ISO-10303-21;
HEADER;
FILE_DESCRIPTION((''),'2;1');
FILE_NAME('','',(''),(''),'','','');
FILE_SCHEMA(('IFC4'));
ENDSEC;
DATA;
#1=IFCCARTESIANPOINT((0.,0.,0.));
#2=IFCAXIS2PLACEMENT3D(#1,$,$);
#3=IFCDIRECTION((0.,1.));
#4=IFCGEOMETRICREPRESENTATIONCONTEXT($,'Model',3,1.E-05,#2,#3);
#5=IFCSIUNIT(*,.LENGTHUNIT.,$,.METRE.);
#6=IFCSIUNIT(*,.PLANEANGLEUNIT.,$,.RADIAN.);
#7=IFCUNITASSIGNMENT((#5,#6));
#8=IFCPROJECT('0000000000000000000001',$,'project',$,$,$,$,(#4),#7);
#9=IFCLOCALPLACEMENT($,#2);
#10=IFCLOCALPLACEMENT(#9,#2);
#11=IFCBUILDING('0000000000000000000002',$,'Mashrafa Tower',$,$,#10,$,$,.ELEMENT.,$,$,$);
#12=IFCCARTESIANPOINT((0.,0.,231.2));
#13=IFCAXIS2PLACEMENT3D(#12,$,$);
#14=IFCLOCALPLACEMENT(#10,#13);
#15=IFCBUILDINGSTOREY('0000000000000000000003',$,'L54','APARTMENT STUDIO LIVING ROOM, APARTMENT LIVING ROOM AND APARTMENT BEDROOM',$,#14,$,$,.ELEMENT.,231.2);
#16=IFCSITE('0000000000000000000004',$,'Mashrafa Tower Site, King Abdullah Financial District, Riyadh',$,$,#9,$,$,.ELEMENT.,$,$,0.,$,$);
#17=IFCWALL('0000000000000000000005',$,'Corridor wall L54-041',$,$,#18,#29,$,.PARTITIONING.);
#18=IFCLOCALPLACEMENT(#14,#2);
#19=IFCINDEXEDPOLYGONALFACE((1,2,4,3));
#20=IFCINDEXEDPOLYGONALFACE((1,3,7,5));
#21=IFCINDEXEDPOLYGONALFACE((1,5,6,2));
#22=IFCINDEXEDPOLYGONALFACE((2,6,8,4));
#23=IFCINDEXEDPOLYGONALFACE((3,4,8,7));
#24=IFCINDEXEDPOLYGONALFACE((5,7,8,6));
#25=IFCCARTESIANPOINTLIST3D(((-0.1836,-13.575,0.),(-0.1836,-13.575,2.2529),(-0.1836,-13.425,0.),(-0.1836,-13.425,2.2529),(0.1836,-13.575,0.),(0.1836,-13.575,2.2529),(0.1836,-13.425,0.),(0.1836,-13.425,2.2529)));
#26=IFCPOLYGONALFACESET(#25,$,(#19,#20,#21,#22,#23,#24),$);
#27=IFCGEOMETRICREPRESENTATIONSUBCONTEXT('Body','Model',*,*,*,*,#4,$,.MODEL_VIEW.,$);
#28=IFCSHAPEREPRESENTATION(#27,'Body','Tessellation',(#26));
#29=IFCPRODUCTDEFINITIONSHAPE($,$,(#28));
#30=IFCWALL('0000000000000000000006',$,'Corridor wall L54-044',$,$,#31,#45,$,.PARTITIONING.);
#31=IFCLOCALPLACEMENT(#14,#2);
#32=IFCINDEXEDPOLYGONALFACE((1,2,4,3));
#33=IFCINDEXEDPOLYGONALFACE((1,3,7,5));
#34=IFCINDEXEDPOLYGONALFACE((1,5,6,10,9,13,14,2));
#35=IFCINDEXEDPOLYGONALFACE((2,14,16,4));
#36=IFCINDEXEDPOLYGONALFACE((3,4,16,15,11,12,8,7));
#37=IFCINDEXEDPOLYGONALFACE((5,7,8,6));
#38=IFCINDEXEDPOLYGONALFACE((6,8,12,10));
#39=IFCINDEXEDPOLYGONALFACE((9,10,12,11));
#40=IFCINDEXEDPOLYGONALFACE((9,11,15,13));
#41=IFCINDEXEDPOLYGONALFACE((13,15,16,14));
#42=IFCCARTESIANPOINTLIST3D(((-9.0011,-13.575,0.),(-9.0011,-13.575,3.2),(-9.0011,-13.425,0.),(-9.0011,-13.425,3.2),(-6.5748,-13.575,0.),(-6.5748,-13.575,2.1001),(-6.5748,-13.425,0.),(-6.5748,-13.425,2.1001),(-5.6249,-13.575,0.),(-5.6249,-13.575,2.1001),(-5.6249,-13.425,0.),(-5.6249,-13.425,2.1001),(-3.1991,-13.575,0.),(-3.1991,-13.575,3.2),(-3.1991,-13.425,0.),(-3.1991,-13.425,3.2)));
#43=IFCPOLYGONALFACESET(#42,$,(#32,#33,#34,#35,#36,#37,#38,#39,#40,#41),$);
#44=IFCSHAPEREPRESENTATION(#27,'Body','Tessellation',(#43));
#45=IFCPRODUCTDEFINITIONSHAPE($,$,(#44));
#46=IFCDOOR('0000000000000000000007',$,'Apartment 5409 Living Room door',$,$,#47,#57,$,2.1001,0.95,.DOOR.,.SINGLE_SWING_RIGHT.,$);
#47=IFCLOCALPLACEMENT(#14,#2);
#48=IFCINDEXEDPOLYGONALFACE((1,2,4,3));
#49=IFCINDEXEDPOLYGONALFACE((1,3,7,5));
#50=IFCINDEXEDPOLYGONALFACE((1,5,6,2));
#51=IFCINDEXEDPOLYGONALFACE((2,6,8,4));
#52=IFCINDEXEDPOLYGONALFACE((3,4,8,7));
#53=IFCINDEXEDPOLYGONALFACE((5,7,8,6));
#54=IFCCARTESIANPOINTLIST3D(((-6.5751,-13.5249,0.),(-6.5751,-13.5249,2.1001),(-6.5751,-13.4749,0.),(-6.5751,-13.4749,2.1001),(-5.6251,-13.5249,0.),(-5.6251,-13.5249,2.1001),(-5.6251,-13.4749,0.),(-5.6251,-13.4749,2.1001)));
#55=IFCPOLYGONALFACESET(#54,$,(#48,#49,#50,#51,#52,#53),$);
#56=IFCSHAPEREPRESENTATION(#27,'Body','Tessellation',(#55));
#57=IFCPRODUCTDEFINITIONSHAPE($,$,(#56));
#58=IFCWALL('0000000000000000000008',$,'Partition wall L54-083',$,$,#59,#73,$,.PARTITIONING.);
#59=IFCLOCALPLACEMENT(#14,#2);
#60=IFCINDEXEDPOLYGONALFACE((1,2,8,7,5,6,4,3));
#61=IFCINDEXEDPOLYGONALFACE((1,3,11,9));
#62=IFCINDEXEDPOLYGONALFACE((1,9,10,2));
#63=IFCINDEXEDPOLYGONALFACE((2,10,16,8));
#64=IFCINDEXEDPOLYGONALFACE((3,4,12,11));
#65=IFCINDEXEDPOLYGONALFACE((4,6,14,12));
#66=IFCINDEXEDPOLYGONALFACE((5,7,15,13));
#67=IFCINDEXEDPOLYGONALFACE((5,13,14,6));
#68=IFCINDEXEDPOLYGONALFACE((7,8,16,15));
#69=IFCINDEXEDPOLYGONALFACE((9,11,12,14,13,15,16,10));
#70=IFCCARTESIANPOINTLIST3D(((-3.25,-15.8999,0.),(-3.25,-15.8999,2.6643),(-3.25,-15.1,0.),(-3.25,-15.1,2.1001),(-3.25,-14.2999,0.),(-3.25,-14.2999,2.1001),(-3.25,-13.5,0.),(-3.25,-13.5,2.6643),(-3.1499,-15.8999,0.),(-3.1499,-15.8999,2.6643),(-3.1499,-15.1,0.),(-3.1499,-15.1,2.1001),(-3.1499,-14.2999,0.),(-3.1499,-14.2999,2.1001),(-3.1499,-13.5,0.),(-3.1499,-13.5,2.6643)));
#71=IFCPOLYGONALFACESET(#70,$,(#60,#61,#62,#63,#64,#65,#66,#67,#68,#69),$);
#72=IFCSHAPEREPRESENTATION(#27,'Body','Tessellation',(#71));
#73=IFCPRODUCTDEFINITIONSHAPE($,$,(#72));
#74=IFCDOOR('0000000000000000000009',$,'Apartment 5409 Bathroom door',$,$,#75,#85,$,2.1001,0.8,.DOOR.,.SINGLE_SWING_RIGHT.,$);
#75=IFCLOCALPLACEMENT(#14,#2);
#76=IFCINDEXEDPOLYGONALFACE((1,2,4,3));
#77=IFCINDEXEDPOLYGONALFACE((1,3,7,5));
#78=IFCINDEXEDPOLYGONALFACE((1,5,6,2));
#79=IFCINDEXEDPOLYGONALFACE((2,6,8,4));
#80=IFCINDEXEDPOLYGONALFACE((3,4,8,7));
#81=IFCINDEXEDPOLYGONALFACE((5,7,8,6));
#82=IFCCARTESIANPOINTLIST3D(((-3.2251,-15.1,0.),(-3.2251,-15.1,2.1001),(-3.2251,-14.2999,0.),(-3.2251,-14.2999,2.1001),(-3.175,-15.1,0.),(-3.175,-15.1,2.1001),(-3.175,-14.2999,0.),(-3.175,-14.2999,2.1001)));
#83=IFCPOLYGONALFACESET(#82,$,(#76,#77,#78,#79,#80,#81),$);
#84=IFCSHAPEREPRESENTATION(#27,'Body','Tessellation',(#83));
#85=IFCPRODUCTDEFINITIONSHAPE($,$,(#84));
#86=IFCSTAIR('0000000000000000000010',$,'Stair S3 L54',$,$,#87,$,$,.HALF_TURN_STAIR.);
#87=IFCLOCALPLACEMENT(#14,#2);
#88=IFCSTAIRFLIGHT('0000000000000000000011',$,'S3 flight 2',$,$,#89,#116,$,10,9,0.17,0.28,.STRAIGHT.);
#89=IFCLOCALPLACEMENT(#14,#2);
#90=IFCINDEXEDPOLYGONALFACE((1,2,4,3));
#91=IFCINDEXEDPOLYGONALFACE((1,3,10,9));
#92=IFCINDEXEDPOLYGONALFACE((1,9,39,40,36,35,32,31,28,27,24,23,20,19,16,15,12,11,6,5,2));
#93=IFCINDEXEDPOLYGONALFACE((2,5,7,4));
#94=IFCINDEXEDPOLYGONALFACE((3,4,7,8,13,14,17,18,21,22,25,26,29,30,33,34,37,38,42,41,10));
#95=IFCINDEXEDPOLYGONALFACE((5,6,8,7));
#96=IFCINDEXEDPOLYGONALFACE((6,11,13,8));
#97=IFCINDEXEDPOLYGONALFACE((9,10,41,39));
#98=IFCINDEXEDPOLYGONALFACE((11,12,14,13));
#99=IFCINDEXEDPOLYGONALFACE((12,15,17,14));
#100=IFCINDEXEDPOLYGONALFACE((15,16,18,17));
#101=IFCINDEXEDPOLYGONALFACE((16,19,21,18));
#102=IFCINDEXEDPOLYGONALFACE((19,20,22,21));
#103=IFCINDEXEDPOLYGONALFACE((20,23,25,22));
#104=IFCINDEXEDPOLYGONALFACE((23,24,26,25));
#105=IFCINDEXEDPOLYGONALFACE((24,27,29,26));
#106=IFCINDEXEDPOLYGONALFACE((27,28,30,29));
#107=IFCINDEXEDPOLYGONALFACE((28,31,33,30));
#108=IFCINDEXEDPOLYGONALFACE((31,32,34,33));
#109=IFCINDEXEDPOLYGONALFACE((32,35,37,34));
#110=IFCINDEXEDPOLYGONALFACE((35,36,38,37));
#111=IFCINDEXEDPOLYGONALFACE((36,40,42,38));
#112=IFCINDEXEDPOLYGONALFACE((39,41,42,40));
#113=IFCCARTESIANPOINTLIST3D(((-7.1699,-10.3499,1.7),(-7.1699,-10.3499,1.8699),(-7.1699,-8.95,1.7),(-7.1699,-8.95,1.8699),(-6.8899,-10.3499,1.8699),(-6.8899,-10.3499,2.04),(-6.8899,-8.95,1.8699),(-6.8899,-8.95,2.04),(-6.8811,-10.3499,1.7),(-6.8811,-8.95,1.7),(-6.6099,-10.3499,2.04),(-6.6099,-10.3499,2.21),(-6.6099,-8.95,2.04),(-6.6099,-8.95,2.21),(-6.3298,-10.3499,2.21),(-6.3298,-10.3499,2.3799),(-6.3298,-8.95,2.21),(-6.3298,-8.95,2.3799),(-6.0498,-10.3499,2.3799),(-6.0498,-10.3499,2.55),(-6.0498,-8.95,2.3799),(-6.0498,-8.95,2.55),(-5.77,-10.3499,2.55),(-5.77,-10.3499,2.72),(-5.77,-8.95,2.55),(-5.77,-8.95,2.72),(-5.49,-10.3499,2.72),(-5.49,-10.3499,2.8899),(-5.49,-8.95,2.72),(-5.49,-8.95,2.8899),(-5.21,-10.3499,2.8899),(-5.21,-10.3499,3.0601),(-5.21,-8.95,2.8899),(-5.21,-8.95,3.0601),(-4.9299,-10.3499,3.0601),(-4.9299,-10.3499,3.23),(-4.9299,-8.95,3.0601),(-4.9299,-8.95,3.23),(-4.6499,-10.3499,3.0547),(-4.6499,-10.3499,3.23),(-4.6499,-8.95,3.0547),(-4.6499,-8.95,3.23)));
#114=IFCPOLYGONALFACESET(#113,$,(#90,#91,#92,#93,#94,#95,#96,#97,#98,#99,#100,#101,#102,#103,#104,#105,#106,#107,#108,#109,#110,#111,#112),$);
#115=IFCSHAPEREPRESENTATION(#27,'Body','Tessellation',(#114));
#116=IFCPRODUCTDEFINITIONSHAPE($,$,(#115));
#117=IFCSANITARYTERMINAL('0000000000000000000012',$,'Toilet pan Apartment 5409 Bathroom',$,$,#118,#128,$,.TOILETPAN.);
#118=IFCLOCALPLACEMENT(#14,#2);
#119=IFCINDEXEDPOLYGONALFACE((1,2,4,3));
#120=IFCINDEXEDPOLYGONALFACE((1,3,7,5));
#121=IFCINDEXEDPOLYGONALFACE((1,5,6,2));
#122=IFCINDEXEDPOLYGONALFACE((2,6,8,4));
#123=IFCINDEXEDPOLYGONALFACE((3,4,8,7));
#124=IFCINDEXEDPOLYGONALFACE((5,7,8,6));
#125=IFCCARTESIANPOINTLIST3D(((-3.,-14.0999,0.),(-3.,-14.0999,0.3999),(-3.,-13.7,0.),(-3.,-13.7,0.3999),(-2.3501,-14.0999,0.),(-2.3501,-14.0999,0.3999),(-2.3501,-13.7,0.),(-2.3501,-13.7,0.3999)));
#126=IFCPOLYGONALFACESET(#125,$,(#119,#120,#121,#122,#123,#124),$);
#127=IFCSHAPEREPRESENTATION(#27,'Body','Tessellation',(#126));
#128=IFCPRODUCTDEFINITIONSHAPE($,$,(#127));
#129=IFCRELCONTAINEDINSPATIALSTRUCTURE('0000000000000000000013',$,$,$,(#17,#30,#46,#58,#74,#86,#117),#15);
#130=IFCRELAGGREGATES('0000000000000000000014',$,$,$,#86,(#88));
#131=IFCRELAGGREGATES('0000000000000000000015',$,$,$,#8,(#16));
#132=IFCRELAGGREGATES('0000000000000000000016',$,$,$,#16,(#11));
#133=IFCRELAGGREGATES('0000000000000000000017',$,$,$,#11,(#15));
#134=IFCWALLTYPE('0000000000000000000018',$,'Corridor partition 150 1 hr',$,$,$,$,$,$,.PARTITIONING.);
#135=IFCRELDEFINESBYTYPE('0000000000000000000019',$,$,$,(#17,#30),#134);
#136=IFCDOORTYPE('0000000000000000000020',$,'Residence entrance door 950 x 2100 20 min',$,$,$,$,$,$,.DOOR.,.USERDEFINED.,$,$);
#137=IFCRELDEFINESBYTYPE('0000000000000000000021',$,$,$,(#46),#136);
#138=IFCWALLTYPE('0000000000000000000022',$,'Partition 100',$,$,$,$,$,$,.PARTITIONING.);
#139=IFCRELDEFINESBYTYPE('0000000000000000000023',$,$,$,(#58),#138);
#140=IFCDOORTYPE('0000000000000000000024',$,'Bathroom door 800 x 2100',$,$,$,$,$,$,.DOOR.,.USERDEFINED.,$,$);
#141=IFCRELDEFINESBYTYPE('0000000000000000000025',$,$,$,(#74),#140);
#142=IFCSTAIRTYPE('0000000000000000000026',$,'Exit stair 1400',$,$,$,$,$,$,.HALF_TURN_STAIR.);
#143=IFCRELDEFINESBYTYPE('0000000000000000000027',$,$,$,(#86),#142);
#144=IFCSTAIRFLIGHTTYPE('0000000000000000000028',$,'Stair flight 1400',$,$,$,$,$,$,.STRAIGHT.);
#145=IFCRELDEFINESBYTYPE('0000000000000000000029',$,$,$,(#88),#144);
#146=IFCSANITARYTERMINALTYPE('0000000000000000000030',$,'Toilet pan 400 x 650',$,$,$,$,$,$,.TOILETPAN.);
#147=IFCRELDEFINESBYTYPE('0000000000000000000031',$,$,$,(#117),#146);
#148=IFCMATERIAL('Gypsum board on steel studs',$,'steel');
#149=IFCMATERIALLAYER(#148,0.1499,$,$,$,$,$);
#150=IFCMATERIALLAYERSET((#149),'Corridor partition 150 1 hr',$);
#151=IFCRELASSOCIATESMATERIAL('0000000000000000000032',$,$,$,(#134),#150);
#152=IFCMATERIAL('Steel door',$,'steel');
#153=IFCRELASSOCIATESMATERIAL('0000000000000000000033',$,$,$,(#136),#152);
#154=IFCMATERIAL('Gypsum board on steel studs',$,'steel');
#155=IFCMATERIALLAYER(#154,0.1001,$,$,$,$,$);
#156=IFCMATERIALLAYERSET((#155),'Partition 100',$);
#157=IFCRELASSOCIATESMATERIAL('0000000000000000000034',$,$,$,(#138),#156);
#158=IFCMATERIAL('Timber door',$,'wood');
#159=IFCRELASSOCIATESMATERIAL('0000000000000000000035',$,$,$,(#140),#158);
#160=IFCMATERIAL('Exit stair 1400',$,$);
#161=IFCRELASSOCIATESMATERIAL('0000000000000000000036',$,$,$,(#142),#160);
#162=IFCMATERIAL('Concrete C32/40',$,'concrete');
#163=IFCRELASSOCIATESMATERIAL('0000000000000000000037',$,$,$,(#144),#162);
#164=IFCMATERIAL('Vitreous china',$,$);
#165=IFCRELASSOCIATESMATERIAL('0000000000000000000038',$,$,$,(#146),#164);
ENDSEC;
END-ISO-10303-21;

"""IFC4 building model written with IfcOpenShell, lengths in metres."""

from ifc_helpers import new_model, si_unit, direction, frame, frame_2d, origin, origin_2d, place, context, subcontext, project, spatial, polyline, rectangle, outline, extrude, material, layer, layer_set, type_object, element, fill, aggregate, save


model = new_model("IFC4")

# Units and contexts
model_context = context("Model", 3, precision=1e-05, world=origin(), true_north=direction((0.0, 1.0)))
body_context = subcontext(model_context, "Body", "Model", "MODEL_VIEW")
ifc_project = project(units=[si_unit("LENGTHUNIT", "METRE"), si_unit("PLANEANGLEUNIT", "RADIAN")], contexts=[model_context])

# Site, building, storey
site_placement = place(None, origin())
site = spatial("IfcSite", under=ifc_project, at=site_placement, Name="Mashrafa Tower Site, King Abdullah Financial District, Riyadh", CompositionType="ELEMENT", RefElevation=0.0)
building_placement = place(site_placement, origin())
building = spatial("IfcBuilding", under=site, at=building_placement, Name="Mashrafa Tower", CompositionType="ELEMENT")
storey_placement = place(building_placement, frame((0.0, 0.0, 231.2)))
storey = spatial("IfcBuildingStorey", under=building, at=storey_placement, Name="L54", Description="APARTMENT STUDIO LIVING ROOM, APARTMENT LIVING ROOM AND APARTMENT BEDROOM", CompositionType="ELEMENT", Elevation=231.2)

# Wall
ifc_material_1 = material(Name="Gypsum board on steel studs", Category="steel")
ifc_layer_1 = layer(ifc_material_1, 0.1499)
ifc_layer_set_1 = layer_set([ifc_layer_1], Name="Corridor partition 150 1 hr")
wall_type_1 = type_object("IfcWallType", Name="Corridor partition 150 1 hr", PredefinedType="PARTITIONING", material=ifc_layer_set_1)
wall_1_placement = place(storey_placement, frame((-0.1836, -13.5, 0.0), z_axis=(0.0, 0.0, 1.0), x_axis=(1.0, 0.0, 0.0)))
element("IfcWall", 1, at=wall_1_placement, inside=storey, type_object=wall_type_1, Name="Corridor wall L54-041", PredefinedType="PARTITIONING", context=body_context, shape_type="SweptSolid", body=[
    extrude(rectangle(XDim=0.3672, YDim=0.1499, at=frame_2d((0.1836, 0.0))), origin(), (0.0, 0.0, 1.0), 2.2529),
])

# Walls, openings, doors
wall_2_placement = place(storey_placement, frame((-9.001, -13.5, 0.0), z_axis=(0.0, 0.0, 1.0), x_axis=(1.0, 0.0, 0.0)))
wall_2 = element("IfcWall", 2, at=wall_2_placement, inside=storey, type_object=wall_type_1, Name="Corridor wall L54-044", PredefinedType="PARTITIONING", context=body_context, shape_type="SweptSolid", body=[
    extrude(rectangle(XDim=5.802, YDim=0.1499, at=frame_2d((2.9009, 0.0))), origin(), (0.0, 0.0, 1.0), 3.2),
])
opening_1_placement = place(wall_2_placement, frame((2.426, 0.0, 0.0)))
opening_1 = element("IfcOpeningElement", 3, at=opening_1_placement, cuts=wall_2, PredefinedType="OPENING", context=body_context, shape_type="SweptSolid", body=[
    extrude(rectangle(XDim=0.95, YDim=2.1001, at=frame_2d((0.4751, 1.05))), frame((0.0, 0.085, 0.0), z_axis=(0.0, -1.0, 0.0), x_axis=(1.0, 0.0, 0.0)), (0.0, 0.0, 1.0), 0.1699),
])
ifc_material_2 = material(Name="Steel door", Category="steel")
door_type_1 = type_object("IfcDoorType", Name="Residence entrance door 950 x 2100 20 min", OperationType="USERDEFINED", PredefinedType="DOOR", material=ifc_material_2)
door_1_placement = place(opening_1_placement, frame((0.95, 0.0, 0.0), z_axis=(0.0, 0.0, 1.0), x_axis=(-1.0, 0.0, 0.0)))
door_1 = element("IfcDoor", 4, at=door_1_placement, inside=storey, type_object=door_type_1, Name="Apartment 5409 Living Room door", OperationType="SINGLE_SWING_RIGHT", OverallHeight=2.1001, OverallWidth=0.95, PredefinedType="DOOR", context=body_context, shape_type="SweptSolid", body=[
    extrude(rectangle(XDim=0.95, YDim=2.1001, at=frame_2d((0.4751, 1.05))), frame((0.0, 0.0249, 0.0), z_axis=(0.0, -1.0, 0.0), x_axis=(1.0, 0.0, 0.0)), (0.0, 0.0, 1.0), 0.05),
])
fill(opening_1, door_1)
ifc_material_3 = material(Name="Gypsum board on steel studs", Category="steel")
ifc_layer_2 = layer(ifc_material_3, 0.1001)
ifc_layer_set_2 = layer_set([ifc_layer_2], Name="Partition 100")
wall_type_2 = type_object("IfcWallType", Name="Partition 100", PredefinedType="PARTITIONING", material=ifc_layer_set_2)
wall_3_placement = place(storey_placement, frame((-3.2, -13.5, 0.0), z_axis=(0.0, 0.0, 1.0), x_axis=(0.0, -1.0, 0.0)))
wall_3 = element("IfcWall", 5, at=wall_3_placement, inside=storey, type_object=wall_type_2, Name="Partition wall L54-083", PredefinedType="PARTITIONING", context=body_context, shape_type="SweptSolid", body=[
    extrude(rectangle(XDim=2.3999, YDim=0.1001, at=frame_2d((1.2, 0.0))), origin(), (0.0, 0.0, 1.0), 2.6643),
])
opening_2_placement = place(wall_3_placement, frame((0.8, 0.0, 0.0)))
opening_2 = element("IfcOpeningElement", 6, at=opening_2_placement, cuts=wall_3, PredefinedType="OPENING", context=body_context, shape_type="SweptSolid", body=[
    extrude(rectangle(XDim=0.8, YDim=2.1001, at=frame_2d((0.3999, 1.05))), frame((0.0, 0.0601, 0.0), z_axis=(0.0, -1.0, 0.0), x_axis=(1.0, 0.0, 0.0)), (0.0, 0.0, 1.0), 0.1201),
])
ifc_material_4 = material(Name="Timber door", Category="wood")
door_type_2 = type_object("IfcDoorType", Name="Bathroom door 800 x 2100", OperationType="USERDEFINED", PredefinedType="DOOR", material=ifc_material_4)
door_2_placement = place(opening_2_placement, origin())
door_2 = element("IfcDoor", 7, at=door_2_placement, inside=storey, type_object=door_type_2, Name="Apartment 5409 Bathroom door", OperationType="SINGLE_SWING_RIGHT", OverallHeight=2.1001, OverallWidth=0.8, PredefinedType="DOOR", context=body_context, shape_type="SweptSolid", body=[
    extrude(rectangle(XDim=0.8, YDim=2.1001, at=frame_2d((0.3999, 1.05))), frame((0.0, 0.0249, 0.0), z_axis=(0.0, -1.0, 0.0), x_axis=(1.0, 0.0, 0.0)), (0.0, 0.0, 1.0), 0.05),
])
fill(opening_2, door_2)

# Stair, stair flight
ifc_material_5 = material(Name="Exit stair 1400")
stair_type = type_object("IfcStairType", Name="Exit stair 1400", PredefinedType="HALF_TURN_STAIR", material=ifc_material_5)
stair_placement = place(storey_placement, origin())
stair = element("IfcStair", 8, at=stair_placement, inside=storey, type_object=stair_type, Name="Stair S3 L54", PredefinedType="HALF_TURN_STAIR")
ifc_material_6 = material(Name="Concrete C32/40", Category="concrete")
stair_flight_type = type_object("IfcStairFlightType", Name="Stair flight 1400", PredefinedType="STRAIGHT", material=ifc_material_6)
stair_flight_placement = place(storey_placement, frame((-7.1699, -9.6499, 1.7), z_axis=(0.0, 0.0, 1.0), x_axis=(1.0, 0.0, 0.0)))
stair_flight = element("IfcStairFlight", 9, at=stair_flight_placement, type_object=stair_flight_type, Name="S3 flight 2", NumberOfRisers=10, NumberOfTreads=9, PredefinedType="STRAIGHT", RiserHeight=0.17, TreadLength=0.28, context=body_context, shape_type="SweptSolid", body=[
    extrude(outline(polyline([(0.0, 0.0), (0.0, 0.1699), (0.28, 0.1699), (0.28, 0.3401), (0.5601, 0.3401), (0.5601, 0.51), (0.8401, 0.51), (0.8401, 0.6799), (1.1201, 0.6799), (1.1201, 0.8501), (1.3999, 0.8501), (1.3999, 1.02), (1.6799, 1.02), (1.6799, 1.1899), (1.96, 1.1899), (1.96, 1.3601), (2.24, 1.3601), (2.24, 1.53), (2.52, 1.53), (2.52, 1.7), (2.52, 1.3547), (0.2888, 0.0), (0.0, 0.0)])), frame((0.0, 0.7, 0.0), z_axis=(0.0, -1.0, 0.0), x_axis=(1.0, 0.0, 0.0)), (0.0, 0.0, 1.0), 1.3999),
])
aggregate(stair, [stair_flight])

# Sanitary terminal
ifc_material_7 = material(Name="Vitreous china")
sanitary_terminal_type = type_object("IfcSanitaryTerminalType", Name="Toilet pan 400 x 650", PredefinedType="TOILETPAN", material=ifc_material_7)
sanitary_terminal_placement = place(storey_placement, frame((-2.675, -13.8999, 0.0), z_axis=(0.0, 0.0, 1.0), x_axis=(0.0, -1.0, 0.0)))
element("IfcSanitaryTerminal", 10, at=sanitary_terminal_placement, inside=storey, type_object=sanitary_terminal_type, Name="Toilet pan Apartment 5409 Bathroom", PredefinedType="TOILETPAN", context=body_context, shape_type="SweptSolid", body=[
    extrude(rectangle(XDim=0.3999, YDim=0.6499, at=origin_2d()), origin(), (0.0, 0.0, 1.0), 0.3999),
])

save(model, "model.ifc")
